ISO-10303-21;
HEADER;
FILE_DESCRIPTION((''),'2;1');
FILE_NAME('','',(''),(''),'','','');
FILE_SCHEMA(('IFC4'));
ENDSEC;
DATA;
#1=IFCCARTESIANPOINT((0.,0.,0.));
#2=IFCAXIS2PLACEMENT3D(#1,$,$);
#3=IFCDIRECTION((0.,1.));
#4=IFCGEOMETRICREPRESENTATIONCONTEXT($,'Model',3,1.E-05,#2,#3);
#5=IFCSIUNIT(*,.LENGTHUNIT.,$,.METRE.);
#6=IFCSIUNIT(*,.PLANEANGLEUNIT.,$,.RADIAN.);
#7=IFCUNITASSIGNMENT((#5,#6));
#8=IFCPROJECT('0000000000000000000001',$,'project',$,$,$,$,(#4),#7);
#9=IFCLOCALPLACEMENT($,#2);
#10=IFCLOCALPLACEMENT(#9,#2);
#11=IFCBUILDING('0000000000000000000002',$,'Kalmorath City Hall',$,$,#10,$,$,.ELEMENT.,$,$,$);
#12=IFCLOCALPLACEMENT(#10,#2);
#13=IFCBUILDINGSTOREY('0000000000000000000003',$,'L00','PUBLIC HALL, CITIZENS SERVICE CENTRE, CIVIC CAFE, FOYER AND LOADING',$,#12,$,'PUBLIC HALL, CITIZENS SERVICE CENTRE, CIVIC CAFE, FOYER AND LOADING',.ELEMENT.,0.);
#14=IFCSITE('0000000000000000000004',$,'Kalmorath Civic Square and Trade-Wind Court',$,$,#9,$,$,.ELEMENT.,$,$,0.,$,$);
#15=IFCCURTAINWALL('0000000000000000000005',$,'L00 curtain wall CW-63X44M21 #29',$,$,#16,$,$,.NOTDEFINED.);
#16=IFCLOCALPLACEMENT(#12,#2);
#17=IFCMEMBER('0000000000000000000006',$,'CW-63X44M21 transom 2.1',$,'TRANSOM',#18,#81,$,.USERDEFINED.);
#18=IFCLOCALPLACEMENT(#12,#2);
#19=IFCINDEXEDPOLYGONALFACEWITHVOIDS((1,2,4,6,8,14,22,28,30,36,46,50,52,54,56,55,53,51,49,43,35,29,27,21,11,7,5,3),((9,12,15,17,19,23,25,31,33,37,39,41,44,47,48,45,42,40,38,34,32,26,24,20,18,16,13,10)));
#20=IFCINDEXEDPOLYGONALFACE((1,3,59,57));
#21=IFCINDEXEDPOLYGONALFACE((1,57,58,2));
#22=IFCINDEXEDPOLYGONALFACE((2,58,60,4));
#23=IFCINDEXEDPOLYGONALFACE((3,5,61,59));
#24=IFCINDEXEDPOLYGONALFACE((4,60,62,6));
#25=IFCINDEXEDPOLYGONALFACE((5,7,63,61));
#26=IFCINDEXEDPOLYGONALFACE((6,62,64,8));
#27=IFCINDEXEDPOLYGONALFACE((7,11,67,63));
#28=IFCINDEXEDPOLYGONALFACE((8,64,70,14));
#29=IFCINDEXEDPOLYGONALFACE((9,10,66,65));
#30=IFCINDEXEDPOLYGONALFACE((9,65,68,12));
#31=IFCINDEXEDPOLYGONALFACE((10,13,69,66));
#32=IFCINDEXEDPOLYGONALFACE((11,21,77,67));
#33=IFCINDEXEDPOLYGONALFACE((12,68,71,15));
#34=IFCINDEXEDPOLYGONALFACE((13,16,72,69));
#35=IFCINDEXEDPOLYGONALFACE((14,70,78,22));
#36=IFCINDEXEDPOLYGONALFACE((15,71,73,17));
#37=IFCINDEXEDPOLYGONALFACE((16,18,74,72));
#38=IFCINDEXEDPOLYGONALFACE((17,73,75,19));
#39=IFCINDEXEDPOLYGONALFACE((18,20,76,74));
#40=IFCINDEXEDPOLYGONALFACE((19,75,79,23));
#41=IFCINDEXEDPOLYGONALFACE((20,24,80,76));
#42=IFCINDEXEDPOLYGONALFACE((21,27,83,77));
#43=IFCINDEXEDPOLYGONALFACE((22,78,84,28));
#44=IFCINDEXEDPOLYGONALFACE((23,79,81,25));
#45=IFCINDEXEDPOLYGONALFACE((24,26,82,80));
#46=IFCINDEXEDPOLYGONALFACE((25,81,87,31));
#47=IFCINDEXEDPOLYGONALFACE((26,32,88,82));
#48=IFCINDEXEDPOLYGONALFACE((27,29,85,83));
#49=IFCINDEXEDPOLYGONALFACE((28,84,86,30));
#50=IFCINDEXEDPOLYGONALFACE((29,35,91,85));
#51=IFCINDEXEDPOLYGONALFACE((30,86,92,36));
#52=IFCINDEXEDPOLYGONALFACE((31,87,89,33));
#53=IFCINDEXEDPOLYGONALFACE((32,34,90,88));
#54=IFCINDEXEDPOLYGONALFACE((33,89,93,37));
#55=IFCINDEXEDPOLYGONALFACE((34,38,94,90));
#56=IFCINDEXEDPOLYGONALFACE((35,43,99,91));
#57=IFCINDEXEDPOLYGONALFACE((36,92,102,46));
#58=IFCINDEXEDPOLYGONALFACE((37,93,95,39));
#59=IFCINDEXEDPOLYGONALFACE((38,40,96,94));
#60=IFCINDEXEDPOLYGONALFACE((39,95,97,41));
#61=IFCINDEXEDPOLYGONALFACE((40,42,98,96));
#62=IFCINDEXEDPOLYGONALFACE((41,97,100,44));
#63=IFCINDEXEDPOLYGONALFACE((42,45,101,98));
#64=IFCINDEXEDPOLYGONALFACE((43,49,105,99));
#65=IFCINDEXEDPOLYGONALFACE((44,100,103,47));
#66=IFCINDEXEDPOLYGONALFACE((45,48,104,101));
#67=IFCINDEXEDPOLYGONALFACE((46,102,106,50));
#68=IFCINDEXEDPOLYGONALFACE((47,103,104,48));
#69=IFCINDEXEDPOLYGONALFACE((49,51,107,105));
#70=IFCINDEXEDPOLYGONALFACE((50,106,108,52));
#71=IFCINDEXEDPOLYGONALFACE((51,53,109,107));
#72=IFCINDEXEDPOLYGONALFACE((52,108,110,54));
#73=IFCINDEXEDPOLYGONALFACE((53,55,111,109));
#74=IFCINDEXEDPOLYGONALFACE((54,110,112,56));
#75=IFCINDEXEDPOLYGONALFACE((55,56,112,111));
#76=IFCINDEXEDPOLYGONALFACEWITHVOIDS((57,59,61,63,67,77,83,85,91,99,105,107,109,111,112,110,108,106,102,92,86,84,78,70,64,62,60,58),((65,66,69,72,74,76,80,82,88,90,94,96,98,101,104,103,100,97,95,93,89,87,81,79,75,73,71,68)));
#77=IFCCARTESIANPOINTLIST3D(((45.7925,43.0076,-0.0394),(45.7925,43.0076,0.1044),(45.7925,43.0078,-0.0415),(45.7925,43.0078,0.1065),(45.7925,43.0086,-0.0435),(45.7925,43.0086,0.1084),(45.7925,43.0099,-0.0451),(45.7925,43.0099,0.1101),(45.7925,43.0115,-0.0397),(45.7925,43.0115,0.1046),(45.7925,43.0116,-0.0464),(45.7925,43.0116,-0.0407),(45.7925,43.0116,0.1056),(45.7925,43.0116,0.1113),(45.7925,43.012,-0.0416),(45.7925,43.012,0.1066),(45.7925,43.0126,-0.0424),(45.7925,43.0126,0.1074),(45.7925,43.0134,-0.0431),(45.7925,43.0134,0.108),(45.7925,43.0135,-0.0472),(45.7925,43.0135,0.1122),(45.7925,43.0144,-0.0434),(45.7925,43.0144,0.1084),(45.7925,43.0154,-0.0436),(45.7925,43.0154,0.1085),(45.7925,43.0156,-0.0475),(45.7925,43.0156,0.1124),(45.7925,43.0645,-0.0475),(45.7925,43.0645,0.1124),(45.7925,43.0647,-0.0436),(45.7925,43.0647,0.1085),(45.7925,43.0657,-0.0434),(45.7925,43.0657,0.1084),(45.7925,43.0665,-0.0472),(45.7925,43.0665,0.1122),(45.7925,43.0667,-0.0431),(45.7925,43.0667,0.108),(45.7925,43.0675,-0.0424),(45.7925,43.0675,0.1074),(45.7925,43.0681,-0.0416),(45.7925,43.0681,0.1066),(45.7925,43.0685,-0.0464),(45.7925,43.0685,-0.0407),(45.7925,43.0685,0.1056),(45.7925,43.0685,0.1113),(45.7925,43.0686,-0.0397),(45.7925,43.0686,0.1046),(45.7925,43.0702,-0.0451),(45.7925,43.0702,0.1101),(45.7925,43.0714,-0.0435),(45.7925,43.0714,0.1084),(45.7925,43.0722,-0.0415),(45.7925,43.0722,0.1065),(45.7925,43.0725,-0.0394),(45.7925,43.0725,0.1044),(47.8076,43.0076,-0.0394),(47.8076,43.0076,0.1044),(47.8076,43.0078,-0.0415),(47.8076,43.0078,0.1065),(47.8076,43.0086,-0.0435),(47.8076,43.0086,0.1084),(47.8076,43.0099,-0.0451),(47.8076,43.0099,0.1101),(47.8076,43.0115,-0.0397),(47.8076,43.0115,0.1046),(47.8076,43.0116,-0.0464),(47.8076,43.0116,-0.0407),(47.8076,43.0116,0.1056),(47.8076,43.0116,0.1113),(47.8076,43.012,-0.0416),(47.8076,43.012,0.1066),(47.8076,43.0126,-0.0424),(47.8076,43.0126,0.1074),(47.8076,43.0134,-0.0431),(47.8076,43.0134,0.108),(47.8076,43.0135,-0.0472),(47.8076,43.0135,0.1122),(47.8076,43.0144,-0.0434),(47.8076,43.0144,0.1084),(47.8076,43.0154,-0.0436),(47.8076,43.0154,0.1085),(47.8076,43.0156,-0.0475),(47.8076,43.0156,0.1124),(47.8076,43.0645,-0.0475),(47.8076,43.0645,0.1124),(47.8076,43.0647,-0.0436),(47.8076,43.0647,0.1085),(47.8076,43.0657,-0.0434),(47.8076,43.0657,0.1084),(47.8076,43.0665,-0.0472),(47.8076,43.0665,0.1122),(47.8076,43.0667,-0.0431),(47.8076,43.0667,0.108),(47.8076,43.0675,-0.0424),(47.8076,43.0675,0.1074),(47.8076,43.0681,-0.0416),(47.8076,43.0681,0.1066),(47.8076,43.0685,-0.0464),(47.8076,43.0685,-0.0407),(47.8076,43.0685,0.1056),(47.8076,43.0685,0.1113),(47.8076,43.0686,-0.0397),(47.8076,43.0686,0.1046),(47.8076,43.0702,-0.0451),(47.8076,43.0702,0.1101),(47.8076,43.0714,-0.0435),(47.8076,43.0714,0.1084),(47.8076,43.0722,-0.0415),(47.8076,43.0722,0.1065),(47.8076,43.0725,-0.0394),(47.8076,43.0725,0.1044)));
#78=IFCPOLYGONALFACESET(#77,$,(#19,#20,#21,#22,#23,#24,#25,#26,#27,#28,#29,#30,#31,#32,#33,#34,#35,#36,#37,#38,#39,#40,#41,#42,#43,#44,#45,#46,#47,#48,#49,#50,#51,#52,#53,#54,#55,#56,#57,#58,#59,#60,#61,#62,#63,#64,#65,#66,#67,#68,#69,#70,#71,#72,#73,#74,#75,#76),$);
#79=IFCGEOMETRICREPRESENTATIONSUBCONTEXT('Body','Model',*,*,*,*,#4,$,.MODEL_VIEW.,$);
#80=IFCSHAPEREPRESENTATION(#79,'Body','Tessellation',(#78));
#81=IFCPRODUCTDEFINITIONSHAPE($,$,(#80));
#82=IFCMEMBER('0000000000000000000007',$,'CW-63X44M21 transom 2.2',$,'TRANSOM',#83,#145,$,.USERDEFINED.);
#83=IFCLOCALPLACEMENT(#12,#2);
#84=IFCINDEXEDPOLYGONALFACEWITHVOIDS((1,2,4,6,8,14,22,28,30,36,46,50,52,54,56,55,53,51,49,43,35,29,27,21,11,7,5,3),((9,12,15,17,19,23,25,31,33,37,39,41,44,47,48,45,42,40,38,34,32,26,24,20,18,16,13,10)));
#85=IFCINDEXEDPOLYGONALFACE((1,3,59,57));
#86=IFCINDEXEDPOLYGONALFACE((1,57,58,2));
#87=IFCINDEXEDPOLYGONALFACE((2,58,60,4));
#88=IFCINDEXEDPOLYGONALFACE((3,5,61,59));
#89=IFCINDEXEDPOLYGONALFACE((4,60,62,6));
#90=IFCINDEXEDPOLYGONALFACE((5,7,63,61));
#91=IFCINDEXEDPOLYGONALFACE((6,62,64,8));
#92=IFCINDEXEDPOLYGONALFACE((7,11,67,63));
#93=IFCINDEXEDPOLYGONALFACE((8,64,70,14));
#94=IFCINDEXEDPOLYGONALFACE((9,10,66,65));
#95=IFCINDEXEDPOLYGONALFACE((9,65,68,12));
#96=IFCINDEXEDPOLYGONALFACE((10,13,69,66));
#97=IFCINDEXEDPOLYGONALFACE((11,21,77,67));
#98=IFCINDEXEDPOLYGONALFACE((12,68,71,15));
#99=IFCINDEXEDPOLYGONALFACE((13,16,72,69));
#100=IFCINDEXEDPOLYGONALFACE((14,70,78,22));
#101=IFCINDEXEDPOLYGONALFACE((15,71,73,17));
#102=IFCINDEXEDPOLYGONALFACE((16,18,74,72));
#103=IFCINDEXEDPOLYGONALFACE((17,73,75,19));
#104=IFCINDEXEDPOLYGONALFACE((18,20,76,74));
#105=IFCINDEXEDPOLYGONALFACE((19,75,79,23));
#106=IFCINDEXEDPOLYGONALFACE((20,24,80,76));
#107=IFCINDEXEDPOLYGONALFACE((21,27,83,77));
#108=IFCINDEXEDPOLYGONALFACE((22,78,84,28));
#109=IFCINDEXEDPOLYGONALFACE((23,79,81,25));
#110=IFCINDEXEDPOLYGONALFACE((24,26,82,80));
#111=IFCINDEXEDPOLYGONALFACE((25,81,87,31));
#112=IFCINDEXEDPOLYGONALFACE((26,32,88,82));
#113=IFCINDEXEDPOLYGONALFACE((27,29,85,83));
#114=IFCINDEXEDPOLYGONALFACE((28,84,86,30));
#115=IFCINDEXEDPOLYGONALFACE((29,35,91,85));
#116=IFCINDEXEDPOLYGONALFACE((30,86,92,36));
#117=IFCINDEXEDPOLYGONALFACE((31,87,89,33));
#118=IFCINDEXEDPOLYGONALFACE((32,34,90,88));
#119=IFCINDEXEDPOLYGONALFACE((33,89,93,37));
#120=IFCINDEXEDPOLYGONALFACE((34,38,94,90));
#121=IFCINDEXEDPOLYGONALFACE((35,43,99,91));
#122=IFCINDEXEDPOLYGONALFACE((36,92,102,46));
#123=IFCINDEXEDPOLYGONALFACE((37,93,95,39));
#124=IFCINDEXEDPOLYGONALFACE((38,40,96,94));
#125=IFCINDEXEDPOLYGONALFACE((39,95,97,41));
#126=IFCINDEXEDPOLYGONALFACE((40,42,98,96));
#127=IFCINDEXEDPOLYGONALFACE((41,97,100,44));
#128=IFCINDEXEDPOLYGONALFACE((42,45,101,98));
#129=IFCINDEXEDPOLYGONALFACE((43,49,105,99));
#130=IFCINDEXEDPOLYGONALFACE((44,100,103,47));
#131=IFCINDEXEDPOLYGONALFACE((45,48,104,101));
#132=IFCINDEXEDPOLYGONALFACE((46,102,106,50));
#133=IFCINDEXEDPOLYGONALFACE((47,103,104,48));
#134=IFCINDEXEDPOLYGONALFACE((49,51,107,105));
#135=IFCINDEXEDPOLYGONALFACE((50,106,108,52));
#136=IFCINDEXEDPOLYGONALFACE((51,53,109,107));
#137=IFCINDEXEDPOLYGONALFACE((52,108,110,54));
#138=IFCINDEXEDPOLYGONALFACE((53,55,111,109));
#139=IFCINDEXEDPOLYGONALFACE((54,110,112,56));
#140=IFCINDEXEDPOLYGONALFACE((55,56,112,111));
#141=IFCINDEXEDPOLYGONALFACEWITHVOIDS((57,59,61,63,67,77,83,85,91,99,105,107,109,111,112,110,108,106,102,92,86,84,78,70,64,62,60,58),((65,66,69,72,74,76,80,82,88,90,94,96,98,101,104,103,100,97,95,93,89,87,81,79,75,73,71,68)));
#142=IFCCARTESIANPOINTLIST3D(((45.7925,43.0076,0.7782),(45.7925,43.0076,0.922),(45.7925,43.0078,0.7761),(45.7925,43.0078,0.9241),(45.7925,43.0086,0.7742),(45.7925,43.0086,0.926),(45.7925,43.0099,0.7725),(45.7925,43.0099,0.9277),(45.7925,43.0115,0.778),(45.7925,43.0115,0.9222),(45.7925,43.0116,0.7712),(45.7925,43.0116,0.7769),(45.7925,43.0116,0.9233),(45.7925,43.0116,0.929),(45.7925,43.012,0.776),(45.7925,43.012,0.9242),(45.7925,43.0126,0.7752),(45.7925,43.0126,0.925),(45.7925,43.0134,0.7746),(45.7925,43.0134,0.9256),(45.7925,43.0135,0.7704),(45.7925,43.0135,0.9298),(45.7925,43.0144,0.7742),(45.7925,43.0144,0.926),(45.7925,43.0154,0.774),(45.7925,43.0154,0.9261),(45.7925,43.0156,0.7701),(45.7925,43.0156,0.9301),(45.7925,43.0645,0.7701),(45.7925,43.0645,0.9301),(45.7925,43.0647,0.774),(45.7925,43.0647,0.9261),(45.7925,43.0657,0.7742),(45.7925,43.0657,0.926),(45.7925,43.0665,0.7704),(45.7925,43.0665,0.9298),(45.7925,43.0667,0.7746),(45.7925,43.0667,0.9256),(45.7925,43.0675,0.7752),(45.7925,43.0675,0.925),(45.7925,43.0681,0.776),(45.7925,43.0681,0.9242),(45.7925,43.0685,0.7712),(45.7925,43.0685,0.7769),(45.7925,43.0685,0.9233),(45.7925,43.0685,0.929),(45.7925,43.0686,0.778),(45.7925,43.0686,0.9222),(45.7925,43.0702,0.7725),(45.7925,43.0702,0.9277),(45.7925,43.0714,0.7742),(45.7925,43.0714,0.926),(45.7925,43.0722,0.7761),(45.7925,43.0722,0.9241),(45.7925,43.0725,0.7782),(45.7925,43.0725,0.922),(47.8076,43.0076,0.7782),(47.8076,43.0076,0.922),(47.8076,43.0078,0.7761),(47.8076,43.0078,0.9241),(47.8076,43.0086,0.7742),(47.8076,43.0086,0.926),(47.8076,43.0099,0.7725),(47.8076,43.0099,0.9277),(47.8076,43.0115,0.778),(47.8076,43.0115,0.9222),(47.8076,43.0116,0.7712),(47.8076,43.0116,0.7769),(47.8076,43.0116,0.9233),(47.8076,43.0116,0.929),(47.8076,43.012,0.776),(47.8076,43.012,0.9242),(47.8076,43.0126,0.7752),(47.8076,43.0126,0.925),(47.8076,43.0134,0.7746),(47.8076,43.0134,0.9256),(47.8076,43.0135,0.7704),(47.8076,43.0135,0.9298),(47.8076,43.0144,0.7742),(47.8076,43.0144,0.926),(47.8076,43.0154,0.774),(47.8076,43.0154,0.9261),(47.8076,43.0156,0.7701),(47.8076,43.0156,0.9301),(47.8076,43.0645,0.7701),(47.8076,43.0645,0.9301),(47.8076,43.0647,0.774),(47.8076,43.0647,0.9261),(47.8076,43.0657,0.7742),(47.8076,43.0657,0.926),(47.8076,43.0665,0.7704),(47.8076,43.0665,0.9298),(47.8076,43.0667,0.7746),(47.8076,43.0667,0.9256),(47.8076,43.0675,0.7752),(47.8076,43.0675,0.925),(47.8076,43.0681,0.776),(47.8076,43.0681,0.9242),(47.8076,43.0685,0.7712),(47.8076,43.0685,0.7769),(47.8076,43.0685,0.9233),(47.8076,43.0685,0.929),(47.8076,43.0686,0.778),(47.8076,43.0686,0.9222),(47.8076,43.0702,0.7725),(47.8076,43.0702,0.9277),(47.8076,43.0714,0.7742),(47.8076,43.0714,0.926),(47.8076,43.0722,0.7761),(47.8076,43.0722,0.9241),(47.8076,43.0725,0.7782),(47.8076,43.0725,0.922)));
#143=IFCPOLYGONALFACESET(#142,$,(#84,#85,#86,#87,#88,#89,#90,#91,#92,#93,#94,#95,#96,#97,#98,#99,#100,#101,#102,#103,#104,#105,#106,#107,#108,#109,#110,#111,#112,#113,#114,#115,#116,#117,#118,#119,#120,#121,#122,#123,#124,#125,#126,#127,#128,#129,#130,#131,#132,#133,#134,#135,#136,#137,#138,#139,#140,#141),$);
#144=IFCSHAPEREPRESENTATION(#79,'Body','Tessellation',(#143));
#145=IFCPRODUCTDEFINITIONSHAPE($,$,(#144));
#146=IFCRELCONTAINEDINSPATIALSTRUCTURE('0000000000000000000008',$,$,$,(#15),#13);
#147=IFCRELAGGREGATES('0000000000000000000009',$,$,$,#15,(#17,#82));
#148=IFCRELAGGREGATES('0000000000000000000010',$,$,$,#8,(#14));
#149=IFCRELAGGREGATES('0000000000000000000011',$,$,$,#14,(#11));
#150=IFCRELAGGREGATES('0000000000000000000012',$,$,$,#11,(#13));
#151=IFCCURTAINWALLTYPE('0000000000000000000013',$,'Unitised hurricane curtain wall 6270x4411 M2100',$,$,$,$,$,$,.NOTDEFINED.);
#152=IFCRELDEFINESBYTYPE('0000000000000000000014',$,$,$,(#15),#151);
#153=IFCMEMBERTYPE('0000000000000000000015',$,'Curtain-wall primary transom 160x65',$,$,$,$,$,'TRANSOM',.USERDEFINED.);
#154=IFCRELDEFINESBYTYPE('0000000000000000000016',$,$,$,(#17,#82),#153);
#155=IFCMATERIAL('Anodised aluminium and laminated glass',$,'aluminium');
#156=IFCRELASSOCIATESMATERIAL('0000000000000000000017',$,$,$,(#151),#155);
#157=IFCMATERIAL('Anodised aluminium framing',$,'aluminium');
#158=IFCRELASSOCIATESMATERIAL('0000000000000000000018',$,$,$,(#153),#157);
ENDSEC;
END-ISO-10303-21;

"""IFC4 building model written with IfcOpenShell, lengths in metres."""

from ifc_helpers import new_model, si_unit, direction, frame, origin, origin_2d, place, context, subcontext, project, spatial, hollow_rectangle, extrude, material, material_profile, profile_set, type_object, element, aggregate, save


model = new_model("IFC4")

# Units and contexts
model_context = context("Model", 3, precision=1e-05, world=origin(), true_north=direction((0.0, 1.0)))
body_context = subcontext(model_context, "Body", "Model", "MODEL_VIEW")
ifc_project = project(units=[si_unit("LENGTHUNIT", "METRE"), si_unit("PLANEANGLEUNIT", "RADIAN")], contexts=[model_context])

# Site, building, storey
site_placement = place(None, origin())
site = spatial("IfcSite", under=ifc_project, at=site_placement, Name="Kalmorath Civic Square and Trade-Wind Court", CompositionType="ELEMENT", RefElevation=0.0)
building_placement = place(site_placement, origin())
building = spatial("IfcBuilding", under=site, at=building_placement, Name="Kalmorath City Hall", CompositionType="ELEMENT")
storey_placement = place(building_placement, origin())
storey = spatial("IfcBuildingStorey", under=building, at=storey_placement, Name="L00", Description="PUBLIC HALL, CITIZENS SERVICE CENTRE, CIVIC CAFE, FOYER AND LOADING", LongName="PUBLIC HALL, CITIZENS SERVICE CENTRE, CIVIC CAFE, FOYER AND LOADING", CompositionType="ELEMENT", Elevation=0.0)

# Curtain wall
ifc_material_1 = material(Name="Anodised aluminium and laminated glass", Category="aluminium")
curtain_wall_type_1 = type_object("IfcCurtainWallType", Name="Unitised hurricane curtain wall 6270x4411 M2100", PredefinedType="NOTDEFINED", material=ifc_material_1)
curtain_wall_1_placement = place(storey_placement, origin())
curtain_wall_1 = element("IfcCurtainWall", 1, at=curtain_wall_1_placement, inside=storey, type_object=curtain_wall_type_1, Name="L00 curtain wall CW-63X44M21 #29", PredefinedType="NOTDEFINED")

# Members
ifc_material_2 = material(Name="Anodised aluminium framing", Category="aluminium")
ifc_material_profile_1 = material_profile(ifc_material_2, hollow_rectangle(XDim=0.0649, YDim=0.1599, WallThickness=0.0039, InnerFilletRadius=0.0039, OuterFilletRadius=0.0081, at=origin_2d()), Name="ALU-TRN-160X65X4")
ifc_profile_set_1 = profile_set([ifc_material_profile_1], Name="Anodised aluminium framing")
member_type_1 = type_object("IfcMemberType", Name="Curtain-wall primary transom 160x65", ElementType="TRANSOM", PredefinedType="USERDEFINED", material=ifc_profile_set_1)
member_1_placement = place(storey_placement, frame((45.7925, 43.04, 0.0325), z_axis=(1.0, 0.0, 0.0), x_axis=(0.0, 1.0, 0.0)))
member_1 = element("IfcMember", 2, at=member_1_placement, type_object=member_type_1, Name="CW-63X44M21 transom 2.1", ObjectType="TRANSOM", PredefinedType="USERDEFINED", context=body_context, shape_type="SweptSolid", body=[
    extrude(hollow_rectangle(XDim=0.0649, YDim=0.1599, WallThickness=0.0039, InnerFilletRadius=0.0039, OuterFilletRadius=0.0081, at=origin_2d()), origin(), (0.0, 0.0, 1.0), 2.0151),
])
member_2_placement = place(storey_placement, frame((45.7925, 43.04, 0.8501), z_axis=(1.0, 0.0, 0.0), x_axis=(0.0, 1.0, 0.0)))
member_2 = element("IfcMember", 3, at=member_2_placement, type_object=member_type_1, Name="CW-63X44M21 transom 2.2", ObjectType="TRANSOM", PredefinedType="USERDEFINED", context=body_context, shape_type="SweptSolid", body=[
    extrude(hollow_rectangle(XDim=0.0649, YDim=0.1599, WallThickness=0.0039, InnerFilletRadius=0.0039, OuterFilletRadius=0.0081, at=origin_2d()), origin(), (0.0, 0.0, 1.0), 2.0151),
])

aggregate(curtain_wall_1, [member_1, member_2])

save(model, "model.ifc")
